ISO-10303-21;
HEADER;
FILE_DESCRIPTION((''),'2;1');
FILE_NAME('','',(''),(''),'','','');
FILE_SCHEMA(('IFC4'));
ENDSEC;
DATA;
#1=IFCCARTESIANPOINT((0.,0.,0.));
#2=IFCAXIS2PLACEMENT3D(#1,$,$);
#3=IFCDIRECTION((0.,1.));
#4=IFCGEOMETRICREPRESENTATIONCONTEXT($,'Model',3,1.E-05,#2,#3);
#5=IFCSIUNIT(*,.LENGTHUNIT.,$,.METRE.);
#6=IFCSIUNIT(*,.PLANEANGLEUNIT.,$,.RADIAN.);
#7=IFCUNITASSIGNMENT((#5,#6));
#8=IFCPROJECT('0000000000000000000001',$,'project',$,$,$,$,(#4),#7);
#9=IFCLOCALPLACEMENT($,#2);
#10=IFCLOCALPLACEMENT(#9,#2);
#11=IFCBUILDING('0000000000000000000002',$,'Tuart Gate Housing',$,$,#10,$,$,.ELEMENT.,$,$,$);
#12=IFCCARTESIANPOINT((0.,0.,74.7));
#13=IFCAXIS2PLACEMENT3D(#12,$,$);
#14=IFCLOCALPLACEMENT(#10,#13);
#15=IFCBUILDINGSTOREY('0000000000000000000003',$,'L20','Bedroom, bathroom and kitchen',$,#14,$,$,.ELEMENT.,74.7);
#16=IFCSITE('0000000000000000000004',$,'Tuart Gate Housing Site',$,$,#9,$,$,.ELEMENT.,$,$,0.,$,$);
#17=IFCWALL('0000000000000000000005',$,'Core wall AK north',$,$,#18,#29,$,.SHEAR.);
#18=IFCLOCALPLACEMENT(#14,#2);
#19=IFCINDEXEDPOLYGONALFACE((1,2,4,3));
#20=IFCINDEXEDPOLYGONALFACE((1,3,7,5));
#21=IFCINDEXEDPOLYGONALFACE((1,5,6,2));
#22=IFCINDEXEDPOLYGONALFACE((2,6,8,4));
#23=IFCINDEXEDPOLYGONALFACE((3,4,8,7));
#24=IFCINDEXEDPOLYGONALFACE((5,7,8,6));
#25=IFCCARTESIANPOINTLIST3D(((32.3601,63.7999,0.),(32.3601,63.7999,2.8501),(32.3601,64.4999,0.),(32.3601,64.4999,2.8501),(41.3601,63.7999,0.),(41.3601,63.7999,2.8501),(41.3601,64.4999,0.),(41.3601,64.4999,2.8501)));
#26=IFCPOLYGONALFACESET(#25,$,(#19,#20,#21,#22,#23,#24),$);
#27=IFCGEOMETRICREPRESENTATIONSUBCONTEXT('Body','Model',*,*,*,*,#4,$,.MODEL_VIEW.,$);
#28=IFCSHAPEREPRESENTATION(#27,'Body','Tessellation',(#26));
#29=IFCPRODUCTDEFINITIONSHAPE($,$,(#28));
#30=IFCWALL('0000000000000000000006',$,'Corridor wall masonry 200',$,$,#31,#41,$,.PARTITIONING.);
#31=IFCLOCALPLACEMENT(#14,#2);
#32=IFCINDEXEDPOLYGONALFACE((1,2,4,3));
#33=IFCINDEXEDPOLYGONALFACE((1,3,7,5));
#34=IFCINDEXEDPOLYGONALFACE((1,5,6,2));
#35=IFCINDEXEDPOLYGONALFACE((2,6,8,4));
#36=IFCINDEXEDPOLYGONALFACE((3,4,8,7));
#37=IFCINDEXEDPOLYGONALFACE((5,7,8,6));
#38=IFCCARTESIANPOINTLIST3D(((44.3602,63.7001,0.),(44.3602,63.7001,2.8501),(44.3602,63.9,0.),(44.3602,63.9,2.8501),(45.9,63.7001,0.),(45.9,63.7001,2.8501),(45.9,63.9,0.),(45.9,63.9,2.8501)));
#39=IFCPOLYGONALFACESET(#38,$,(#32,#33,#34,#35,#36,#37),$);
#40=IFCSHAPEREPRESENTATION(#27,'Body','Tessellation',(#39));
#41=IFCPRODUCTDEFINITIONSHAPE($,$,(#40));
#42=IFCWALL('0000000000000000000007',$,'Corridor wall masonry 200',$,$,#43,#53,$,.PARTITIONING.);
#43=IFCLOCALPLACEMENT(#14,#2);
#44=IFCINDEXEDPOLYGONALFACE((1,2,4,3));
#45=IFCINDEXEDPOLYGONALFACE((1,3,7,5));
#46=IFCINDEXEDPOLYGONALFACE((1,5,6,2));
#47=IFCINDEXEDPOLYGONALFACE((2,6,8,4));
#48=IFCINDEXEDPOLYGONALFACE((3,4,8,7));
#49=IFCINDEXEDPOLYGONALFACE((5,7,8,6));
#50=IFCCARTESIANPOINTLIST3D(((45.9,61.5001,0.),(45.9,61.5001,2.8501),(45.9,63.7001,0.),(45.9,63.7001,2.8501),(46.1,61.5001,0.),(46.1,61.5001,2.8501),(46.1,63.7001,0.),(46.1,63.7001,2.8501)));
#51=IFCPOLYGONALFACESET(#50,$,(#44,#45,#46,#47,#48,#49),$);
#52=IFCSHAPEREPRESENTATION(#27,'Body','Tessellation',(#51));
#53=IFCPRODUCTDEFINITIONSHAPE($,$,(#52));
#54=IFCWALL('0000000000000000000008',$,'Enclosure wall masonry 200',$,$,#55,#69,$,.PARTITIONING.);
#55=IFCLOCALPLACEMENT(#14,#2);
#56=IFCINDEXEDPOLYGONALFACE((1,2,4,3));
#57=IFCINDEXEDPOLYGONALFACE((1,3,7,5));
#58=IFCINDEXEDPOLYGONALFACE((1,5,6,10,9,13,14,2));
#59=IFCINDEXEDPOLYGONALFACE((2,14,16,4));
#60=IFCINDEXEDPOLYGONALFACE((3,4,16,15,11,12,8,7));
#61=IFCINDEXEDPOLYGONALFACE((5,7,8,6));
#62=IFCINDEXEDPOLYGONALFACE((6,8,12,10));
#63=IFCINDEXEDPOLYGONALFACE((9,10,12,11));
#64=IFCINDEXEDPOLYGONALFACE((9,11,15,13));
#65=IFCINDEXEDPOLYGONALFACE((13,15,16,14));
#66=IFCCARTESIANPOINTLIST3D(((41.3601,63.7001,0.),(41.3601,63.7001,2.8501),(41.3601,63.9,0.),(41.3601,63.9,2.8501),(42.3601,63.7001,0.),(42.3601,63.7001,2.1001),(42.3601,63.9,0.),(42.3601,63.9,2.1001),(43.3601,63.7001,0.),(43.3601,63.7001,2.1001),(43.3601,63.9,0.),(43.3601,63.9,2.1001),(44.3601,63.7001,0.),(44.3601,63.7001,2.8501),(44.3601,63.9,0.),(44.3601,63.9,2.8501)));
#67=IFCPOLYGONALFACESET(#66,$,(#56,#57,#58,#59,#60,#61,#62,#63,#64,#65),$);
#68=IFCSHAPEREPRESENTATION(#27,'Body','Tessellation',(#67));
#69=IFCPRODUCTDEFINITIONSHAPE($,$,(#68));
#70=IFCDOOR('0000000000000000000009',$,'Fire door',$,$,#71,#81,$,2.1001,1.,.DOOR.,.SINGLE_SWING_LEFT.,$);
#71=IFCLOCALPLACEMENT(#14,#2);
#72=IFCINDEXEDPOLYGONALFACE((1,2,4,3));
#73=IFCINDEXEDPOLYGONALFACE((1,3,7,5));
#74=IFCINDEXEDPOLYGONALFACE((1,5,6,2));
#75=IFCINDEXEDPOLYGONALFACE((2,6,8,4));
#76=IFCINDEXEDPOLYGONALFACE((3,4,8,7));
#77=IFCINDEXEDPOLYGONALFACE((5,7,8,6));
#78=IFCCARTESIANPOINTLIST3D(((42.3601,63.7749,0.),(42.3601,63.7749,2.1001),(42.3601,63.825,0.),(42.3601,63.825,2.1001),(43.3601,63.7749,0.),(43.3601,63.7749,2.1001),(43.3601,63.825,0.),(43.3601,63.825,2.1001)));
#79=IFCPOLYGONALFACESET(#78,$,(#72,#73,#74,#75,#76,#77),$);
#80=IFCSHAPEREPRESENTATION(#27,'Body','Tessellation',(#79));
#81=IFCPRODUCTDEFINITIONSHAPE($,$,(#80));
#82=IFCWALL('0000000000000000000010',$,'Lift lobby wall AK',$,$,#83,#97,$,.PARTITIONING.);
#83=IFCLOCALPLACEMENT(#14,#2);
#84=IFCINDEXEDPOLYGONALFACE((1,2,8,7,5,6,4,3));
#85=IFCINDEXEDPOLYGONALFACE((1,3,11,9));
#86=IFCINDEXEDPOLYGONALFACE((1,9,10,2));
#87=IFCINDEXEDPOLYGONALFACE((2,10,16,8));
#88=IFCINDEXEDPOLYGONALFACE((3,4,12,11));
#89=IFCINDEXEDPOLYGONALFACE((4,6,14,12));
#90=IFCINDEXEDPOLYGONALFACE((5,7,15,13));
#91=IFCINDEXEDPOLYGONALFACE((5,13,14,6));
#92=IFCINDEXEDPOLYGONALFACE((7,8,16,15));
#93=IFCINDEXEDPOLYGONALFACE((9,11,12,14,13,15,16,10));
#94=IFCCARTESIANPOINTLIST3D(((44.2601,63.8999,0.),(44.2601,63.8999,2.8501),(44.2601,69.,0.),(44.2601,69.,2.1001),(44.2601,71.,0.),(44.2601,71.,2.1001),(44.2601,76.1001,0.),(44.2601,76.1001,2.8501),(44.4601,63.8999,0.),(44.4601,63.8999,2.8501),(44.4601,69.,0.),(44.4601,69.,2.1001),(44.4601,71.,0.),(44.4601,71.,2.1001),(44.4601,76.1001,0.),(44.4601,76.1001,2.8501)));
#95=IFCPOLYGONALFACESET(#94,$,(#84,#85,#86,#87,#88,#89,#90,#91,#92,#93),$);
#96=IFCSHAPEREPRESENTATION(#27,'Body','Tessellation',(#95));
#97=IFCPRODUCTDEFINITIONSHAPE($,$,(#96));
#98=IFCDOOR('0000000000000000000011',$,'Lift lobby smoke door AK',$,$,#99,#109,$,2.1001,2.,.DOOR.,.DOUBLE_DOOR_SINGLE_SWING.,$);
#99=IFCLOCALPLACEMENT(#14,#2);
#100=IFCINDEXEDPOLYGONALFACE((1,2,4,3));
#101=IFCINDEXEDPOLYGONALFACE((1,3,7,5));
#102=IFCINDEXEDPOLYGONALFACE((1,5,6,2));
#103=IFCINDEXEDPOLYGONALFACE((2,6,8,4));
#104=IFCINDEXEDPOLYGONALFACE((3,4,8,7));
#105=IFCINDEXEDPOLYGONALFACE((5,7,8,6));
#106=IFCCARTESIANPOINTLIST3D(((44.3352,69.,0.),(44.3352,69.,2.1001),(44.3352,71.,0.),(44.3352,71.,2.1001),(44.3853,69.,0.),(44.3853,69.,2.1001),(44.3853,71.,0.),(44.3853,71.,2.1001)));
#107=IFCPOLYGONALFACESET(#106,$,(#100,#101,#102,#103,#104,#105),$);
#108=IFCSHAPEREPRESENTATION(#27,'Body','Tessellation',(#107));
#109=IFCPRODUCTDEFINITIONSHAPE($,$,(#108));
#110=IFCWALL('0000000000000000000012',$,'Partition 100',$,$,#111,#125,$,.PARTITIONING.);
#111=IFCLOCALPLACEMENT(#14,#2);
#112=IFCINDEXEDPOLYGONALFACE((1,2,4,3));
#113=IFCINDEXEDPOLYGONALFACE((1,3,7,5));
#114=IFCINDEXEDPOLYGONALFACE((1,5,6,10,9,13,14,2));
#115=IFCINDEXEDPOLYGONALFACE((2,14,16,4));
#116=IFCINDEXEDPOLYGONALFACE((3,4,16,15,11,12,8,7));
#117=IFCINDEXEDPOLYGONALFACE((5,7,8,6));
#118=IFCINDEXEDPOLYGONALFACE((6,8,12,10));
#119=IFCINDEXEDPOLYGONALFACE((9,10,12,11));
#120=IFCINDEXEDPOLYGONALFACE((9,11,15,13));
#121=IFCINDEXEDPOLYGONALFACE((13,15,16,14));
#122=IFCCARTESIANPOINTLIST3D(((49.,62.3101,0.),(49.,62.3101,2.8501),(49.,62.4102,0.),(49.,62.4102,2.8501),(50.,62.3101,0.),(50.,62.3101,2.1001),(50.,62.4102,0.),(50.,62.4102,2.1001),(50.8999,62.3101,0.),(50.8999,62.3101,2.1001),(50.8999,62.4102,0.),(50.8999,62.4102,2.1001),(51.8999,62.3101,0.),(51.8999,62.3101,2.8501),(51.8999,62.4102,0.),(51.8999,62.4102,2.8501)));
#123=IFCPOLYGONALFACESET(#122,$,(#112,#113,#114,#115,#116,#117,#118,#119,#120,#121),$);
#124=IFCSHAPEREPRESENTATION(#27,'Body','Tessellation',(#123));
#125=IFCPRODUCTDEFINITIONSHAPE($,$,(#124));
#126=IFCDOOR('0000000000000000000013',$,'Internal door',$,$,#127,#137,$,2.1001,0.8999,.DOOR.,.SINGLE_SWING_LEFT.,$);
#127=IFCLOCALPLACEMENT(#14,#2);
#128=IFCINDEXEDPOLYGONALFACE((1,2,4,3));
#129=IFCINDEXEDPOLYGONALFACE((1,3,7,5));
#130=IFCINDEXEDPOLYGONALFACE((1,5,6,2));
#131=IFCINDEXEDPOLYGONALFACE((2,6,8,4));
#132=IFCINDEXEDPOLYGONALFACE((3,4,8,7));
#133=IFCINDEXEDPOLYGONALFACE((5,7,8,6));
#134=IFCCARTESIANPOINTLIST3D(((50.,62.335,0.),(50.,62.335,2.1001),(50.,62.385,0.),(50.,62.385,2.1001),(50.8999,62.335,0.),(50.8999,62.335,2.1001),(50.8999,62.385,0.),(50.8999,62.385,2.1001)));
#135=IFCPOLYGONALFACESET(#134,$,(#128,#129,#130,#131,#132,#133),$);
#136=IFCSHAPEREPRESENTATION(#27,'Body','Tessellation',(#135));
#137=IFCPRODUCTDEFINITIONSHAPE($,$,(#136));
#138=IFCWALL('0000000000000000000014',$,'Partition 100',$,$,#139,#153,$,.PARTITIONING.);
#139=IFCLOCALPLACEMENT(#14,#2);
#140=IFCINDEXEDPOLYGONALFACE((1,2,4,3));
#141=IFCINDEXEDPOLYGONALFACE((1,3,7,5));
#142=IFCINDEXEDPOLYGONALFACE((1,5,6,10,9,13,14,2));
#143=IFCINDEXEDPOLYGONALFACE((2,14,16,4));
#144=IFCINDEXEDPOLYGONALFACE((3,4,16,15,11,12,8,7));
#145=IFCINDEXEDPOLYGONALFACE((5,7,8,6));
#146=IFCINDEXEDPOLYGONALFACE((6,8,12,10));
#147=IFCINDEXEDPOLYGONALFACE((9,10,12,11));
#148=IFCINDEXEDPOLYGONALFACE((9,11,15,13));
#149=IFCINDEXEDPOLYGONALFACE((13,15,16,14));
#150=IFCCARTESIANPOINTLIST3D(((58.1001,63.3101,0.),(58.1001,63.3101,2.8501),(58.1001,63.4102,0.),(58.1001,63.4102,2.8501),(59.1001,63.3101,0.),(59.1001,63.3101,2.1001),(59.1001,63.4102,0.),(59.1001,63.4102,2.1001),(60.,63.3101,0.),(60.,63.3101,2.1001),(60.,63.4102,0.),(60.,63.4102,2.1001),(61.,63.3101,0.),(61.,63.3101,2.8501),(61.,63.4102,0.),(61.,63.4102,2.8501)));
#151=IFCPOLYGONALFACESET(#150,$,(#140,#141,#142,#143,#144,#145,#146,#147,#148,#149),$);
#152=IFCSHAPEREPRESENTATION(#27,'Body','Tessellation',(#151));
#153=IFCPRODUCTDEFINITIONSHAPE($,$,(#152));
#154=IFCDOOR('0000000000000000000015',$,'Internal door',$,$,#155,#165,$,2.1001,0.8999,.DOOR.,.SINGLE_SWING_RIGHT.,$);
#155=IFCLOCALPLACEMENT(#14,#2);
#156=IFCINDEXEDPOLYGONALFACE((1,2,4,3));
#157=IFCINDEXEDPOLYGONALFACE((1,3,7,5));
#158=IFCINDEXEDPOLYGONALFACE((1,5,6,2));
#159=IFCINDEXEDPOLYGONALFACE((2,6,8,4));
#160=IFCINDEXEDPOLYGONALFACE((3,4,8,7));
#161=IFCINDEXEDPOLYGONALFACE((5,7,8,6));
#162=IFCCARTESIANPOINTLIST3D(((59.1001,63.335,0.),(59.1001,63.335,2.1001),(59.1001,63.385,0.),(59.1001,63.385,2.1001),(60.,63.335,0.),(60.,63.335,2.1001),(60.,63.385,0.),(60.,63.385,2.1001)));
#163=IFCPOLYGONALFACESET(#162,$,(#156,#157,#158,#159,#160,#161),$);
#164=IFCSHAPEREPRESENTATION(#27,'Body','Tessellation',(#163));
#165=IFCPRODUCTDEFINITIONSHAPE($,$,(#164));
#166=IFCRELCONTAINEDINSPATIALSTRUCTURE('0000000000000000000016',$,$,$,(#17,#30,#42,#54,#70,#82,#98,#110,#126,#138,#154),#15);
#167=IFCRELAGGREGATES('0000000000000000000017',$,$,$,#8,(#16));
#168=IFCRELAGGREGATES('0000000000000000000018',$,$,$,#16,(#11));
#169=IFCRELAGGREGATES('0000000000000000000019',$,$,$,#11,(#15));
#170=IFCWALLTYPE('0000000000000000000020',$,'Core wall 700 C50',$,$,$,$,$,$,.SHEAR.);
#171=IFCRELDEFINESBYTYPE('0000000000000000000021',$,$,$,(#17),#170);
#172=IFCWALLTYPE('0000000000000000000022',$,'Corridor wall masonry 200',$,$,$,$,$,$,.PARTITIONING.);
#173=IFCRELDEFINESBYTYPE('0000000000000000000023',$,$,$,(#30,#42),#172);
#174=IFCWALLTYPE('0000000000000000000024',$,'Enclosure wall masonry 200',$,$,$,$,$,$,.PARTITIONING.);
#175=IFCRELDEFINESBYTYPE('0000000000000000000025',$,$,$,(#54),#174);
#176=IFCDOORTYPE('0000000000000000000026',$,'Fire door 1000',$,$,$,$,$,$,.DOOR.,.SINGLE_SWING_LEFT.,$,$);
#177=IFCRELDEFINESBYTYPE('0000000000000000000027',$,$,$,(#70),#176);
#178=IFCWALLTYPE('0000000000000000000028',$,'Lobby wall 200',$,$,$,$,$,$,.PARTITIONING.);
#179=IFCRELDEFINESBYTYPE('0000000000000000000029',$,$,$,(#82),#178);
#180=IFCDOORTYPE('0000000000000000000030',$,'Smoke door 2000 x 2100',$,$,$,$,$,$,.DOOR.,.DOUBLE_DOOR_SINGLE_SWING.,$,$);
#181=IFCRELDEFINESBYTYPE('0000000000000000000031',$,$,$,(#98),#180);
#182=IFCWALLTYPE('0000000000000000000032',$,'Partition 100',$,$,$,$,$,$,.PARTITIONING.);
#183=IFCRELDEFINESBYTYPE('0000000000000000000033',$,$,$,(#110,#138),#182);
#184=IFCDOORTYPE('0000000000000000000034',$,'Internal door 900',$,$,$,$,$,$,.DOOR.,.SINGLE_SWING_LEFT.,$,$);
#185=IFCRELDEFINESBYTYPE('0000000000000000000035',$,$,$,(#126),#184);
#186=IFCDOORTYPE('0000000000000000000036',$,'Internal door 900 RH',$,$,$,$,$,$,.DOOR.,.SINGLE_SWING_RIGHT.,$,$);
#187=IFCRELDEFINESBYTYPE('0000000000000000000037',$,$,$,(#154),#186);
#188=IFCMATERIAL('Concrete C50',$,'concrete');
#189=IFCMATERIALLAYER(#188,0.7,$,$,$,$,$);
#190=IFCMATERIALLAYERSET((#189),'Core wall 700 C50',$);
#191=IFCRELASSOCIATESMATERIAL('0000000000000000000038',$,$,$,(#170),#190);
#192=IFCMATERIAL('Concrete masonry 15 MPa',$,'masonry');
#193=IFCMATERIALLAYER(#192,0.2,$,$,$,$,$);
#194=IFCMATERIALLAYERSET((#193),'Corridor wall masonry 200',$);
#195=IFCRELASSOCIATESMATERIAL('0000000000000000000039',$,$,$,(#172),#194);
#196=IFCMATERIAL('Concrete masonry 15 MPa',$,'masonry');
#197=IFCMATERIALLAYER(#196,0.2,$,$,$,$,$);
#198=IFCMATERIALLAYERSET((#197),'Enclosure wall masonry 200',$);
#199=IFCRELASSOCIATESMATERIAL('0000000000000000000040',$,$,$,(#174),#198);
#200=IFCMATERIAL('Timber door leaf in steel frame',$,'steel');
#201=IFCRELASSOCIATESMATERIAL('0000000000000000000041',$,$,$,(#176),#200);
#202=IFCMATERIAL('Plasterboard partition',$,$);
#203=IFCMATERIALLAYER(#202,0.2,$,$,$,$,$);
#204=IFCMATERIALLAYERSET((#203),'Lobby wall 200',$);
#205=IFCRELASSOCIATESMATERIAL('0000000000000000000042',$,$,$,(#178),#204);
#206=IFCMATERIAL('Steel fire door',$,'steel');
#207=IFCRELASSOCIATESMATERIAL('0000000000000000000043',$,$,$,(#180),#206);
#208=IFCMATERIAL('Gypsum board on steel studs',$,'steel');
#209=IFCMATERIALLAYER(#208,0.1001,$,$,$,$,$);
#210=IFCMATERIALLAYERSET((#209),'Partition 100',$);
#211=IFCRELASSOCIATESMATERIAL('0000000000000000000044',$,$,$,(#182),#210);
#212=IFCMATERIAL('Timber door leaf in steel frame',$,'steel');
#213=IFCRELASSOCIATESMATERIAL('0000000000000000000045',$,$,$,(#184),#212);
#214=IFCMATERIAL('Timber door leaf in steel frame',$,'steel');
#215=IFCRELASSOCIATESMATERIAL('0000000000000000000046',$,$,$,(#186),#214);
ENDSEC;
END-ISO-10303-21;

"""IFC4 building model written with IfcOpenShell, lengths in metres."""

from ifc_helpers import new_model, si_unit, direction, frame, frame_2d, origin, place, context, subcontext, project, spatial, rectangle, extrude, material, layer, layer_set, type_object, element, fill, save


model = new_model("IFC4")

# Units and contexts
model_context = context("Model", 3, precision=1e-05, world=origin(), true_north=direction((0.0, 1.0)))
body_context = subcontext(model_context, "Body", "Model", "MODEL_VIEW")
ifc_project = project(units=[si_unit("LENGTHUNIT", "METRE"), si_unit("PLANEANGLEUNIT", "RADIAN")], contexts=[model_context])

# Site, building, storey
site_placement = place(None, origin())
site = spatial("IfcSite", under=ifc_project, at=site_placement, Name="Tuart Gate Housing Site", CompositionType="ELEMENT", RefElevation=0.0)
building_placement = place(site_placement, origin())
building = spatial("IfcBuilding", under=site, at=building_placement, Name="Tuart Gate Housing", CompositionType="ELEMENT")
storey_placement = place(building_placement, frame((0.0, 0.0, 74.7)))
storey = spatial("IfcBuildingStorey", under=building, at=storey_placement, Name="L20", Description="Bedroom, bathroom and kitchen", CompositionType="ELEMENT", Elevation=74.7)

# Walls
ifc_material_1 = material(Name="Concrete C50", Category="concrete")
ifc_layer_1 = layer(ifc_material_1, 0.7)
ifc_layer_set_1 = layer_set([ifc_layer_1], Name="Core wall 700 C50")
wall_type_1 = type_object("IfcWallType", Name="Core wall 700 C50", PredefinedType="SHEAR", material=ifc_layer_set_1)
wall_1_placement = place(storey_placement, frame((41.3601, 64.1499, 0.0), z_axis=(0.0, 0.0, 1.0), x_axis=(-1.0, 0.0, 0.0)))
element("IfcWall", 1, at=wall_1_placement, inside=storey, type_object=wall_type_1, Name="Core wall AK north", PredefinedType="SHEAR", context=body_context, shape_type="SweptSolid", body=[
    extrude(rectangle(XDim=9.0, YDim=0.7, at=frame_2d((4.5, 0.0))), origin(), (0.0, 0.0, 1.0), 2.8501),
])
ifc_material_2 = material(Name="Concrete masonry 15 MPa", Category="masonry")
ifc_layer_2 = layer(ifc_material_2, 0.2)
ifc_layer_set_2 = layer_set([ifc_layer_2], Name="Corridor wall masonry 200")
wall_type_2 = type_object("IfcWallType", Name="Corridor wall masonry 200", PredefinedType="PARTITIONING", material=ifc_layer_set_2)
wall_2_placement = place(storey_placement, frame((44.3601, 63.8, 0.0), z_axis=(0.0, 0.0, 1.0), x_axis=(1.0, 0.0, 0.0)))
element("IfcWall", 2, at=wall_2_placement, inside=storey, type_object=wall_type_2, Name="Corridor wall masonry 200", PredefinedType="PARTITIONING", context=body_context, shape_type="SweptSolid", body=[
    extrude(rectangle(XDim=1.5398, YDim=0.2, at=frame_2d((0.77, 0.0))), origin(), (0.0, 0.0, 1.0), 2.8501),
])
wall_3_placement = place(storey_placement, frame((46.0, 61.5, 0.0), z_axis=(0.0, 0.0, 1.0), x_axis=(0.0, 1.0, 0.0)))
element("IfcWall", 3, at=wall_3_placement, inside=storey, type_object=wall_type_2, Name="Corridor wall masonry 200", PredefinedType="PARTITIONING", context=body_context, shape_type="SweptSolid", body=[
    extrude(rectangle(XDim=2.2, YDim=0.2, at=frame_2d((1.1001, 0.0))), origin(), (0.0, 0.0, 1.0), 2.8501),
])

# Walls, openings, doors
ifc_material_3 = material(Name="Concrete masonry 15 MPa", Category="masonry")
ifc_layer_3 = layer(ifc_material_3, 0.2)
ifc_layer_set_3 = layer_set([ifc_layer_3], Name="Enclosure wall masonry 200")
wall_type_3 = type_object("IfcWallType", Name="Enclosure wall masonry 200", PredefinedType="PARTITIONING", material=ifc_layer_set_3)
wall_4_placement = place(storey_placement, frame((41.3601, 63.8, 0.0), z_axis=(0.0, 0.0, 1.0), x_axis=(1.0, 0.0, 0.0)))
wall_4 = element("IfcWall", 4, at=wall_4_placement, inside=storey, type_object=wall_type_3, Name="Enclosure wall masonry 200", PredefinedType="PARTITIONING", context=body_context, shape_type="SweptSolid", body=[
    extrude(rectangle(XDim=3.0, YDim=0.2, at=frame_2d((1.5, 0.0))), origin(), (0.0, 0.0, 1.0), 2.8501),
])
opening_1_placement = place(wall_4_placement, frame((1.0, 0.0, 0.0)))
opening_1 = element("IfcOpeningElement", 5, at=opening_1_placement, cuts=wall_4, PredefinedType="OPENING", context=body_context, shape_type="SweptSolid", body=[
    extrude(rectangle(XDim=1.0, YDim=2.1001, at=frame_2d((0.5, 1.05))), frame((0.0, 0.1099, 0.0), z_axis=(0.0, -1.0, 0.0), x_axis=(1.0, 0.0, 0.0)), (0.0, 0.0, 1.0), 0.22),
])
ifc_material_4 = material(Name="Timber door leaf in steel frame", Category="steel")
door_type_1 = type_object("IfcDoorType", Name="Fire door 1000", OperationType="SINGLE_SWING_LEFT", PredefinedType="DOOR", material=ifc_material_4)
door_1_placement = place(opening_1_placement, frame((1.0, 0.0, 0.0), z_axis=(0.0, 0.0, 1.0), x_axis=(-1.0, 0.0, 0.0)))
door_1 = element("IfcDoor", 6, at=door_1_placement, inside=storey, type_object=door_type_1, Name="Fire door", OperationType="SINGLE_SWING_LEFT", OverallHeight=2.1001, OverallWidth=1.0, PredefinedType="DOOR", context=body_context, shape_type="SweptSolid", body=[
    extrude(rectangle(XDim=1.0, YDim=2.1001, at=frame_2d((0.5, 1.05))), frame((0.0, 0.0251, 0.0), z_axis=(0.0, -1.0, 0.0), x_axis=(1.0, 0.0, 0.0)), (0.0, 0.0, 1.0), 0.05),
])
fill(opening_1, door_1)
ifc_material_5 = material(Name="Plasterboard partition")
ifc_layer_4 = layer(ifc_material_5, 0.2)
ifc_layer_set_4 = layer_set([ifc_layer_4], Name="Lobby wall 200")
wall_type_4 = type_object("IfcWallType", Name="Lobby wall 200", PredefinedType="PARTITIONING", material=ifc_layer_set_4)
wall_5_placement = place(storey_placement, frame((44.3601, 63.8999, 0.0), z_axis=(0.0, 0.0, 1.0), x_axis=(0.0, 1.0, 0.0)))
wall_5 = element("IfcWall", 7, at=wall_5_placement, inside=storey, type_object=wall_type_4, Name="Lift lobby wall AK", PredefinedType="PARTITIONING", context=body_context, shape_type="SweptSolid", body=[
    extrude(rectangle(XDim=12.2002, YDim=0.2, at=frame_2d((6.1001, 0.0))), origin(), (0.0, 0.0, 1.0), 2.8501),
])
opening_2_placement = place(wall_5_placement, frame((5.1001, 0.0, 0.0)))
opening_2 = element("IfcOpeningElement", 8, at=opening_2_placement, cuts=wall_5, PredefinedType="OPENING", context=body_context, shape_type="SweptSolid", body=[
    extrude(rectangle(XDim=2.0, YDim=2.1001, at=frame_2d((1.0, 1.05))), frame((0.0, 0.1099, 0.0), z_axis=(0.0, -1.0, 0.0), x_axis=(1.0, 0.0, 0.0)), (0.0, 0.0, 1.0), 0.22),
])
ifc_material_6 = material(Name="Steel fire door", Category="steel")
door_type_2 = type_object("IfcDoorType", Name="Smoke door 2000 x 2100", OperationType="DOUBLE_DOOR_SINGLE_SWING", PredefinedType="DOOR", material=ifc_material_6)
door_2_placement = place(opening_2_placement, origin())
door_2 = element("IfcDoor", 9, at=door_2_placement, inside=storey, type_object=door_type_2, Name="Lift lobby smoke door AK", OperationType="DOUBLE_DOOR_SINGLE_SWING", OverallHeight=2.1001, OverallWidth=2.0, PredefinedType="DOOR", context=body_context, shape_type="SweptSolid", body=[
    extrude(rectangle(XDim=2.0, YDim=2.1001, at=frame_2d((1.0, 1.05))), frame((0.0, 0.0249, 0.0), z_axis=(0.0, -1.0, 0.0), x_axis=(1.0, 0.0, 0.0)), (0.0, 0.0, 1.0), 0.05),
])
fill(opening_2, door_2)
ifc_material_7 = material(Name="Gypsum board on steel studs", Category="steel")
ifc_layer_5 = layer(ifc_material_7, 0.1001)
ifc_layer_set_5 = layer_set([ifc_layer_5], Name="Partition 100")
wall_type_5 = type_object("IfcWallType", Name="Partition 100", PredefinedType="PARTITIONING", material=ifc_layer_set_5)
wall_6_placement = place(storey_placement, frame((49.0, 62.3601, 0.0), z_axis=(0.0, 0.0, 1.0), x_axis=(1.0, 0.0, 0.0)))
wall_6 = element("IfcWall", 10, at=wall_6_placement, inside=storey, type_object=wall_type_5, Name="Partition 100", PredefinedType="PARTITIONING", context=body_context, shape_type="SweptSolid", body=[
    extrude(rectangle(XDim=2.8999, YDim=0.1001, at=frame_2d((1.45, 0.0))), origin(), (0.0, 0.0, 1.0), 2.8501),
])
opening_3_placement = place(wall_6_placement, frame((1.0, 0.0, 0.0)))
opening_3 = element("IfcOpeningElement", 11, at=opening_3_placement, cuts=wall_6, PredefinedType="OPENING", context=body_context, shape_type="SweptSolid", body=[
    extrude(rectangle(XDim=0.8999, YDim=2.1001, at=frame_2d((0.45, 1.05))), frame((0.0, 0.0601, 0.0), z_axis=(0.0, -1.0, 0.0), x_axis=(1.0, 0.0, 0.0)), (0.0, 0.0, 1.0), 0.1201),
])
ifc_material_8 = material(Name="Timber door leaf in steel frame", Category="steel")
door_type_3 = type_object("IfcDoorType", Name="Internal door 900", OperationType="SINGLE_SWING_LEFT", PredefinedType="DOOR", material=ifc_material_8)
door_3_placement = place(opening_3_placement, origin())
door_3 = element("IfcDoor", 12, at=door_3_placement, inside=storey, type_object=door_type_3, Name="Internal door", OperationType="SINGLE_SWING_LEFT", OverallHeight=2.1001, OverallWidth=0.8999, PredefinedType="DOOR", context=body_context, shape_type="SweptSolid", body=[
    extrude(rectangle(XDim=0.8999, YDim=2.1001, at=frame_2d((0.45, 1.05))), frame((0.0, 0.0249, 0.0), z_axis=(0.0, -1.0, 0.0), x_axis=(1.0, 0.0, 0.0)), (0.0, 0.0, 1.0), 0.05),
])
fill(opening_3, door_3)
wall_7_placement = place(storey_placement, frame((58.1001, 63.3601, 0.0), z_axis=(0.0, 0.0, 1.0), x_axis=(1.0, 0.0, 0.0)))
wall_7 = element("IfcWall", 13, at=wall_7_placement, inside=storey, type_object=wall_type_5, Name="Partition 100", PredefinedType="PARTITIONING", context=body_context, shape_type="SweptSolid", body=[
    extrude(rectangle(XDim=2.8999, YDim=0.1001, at=frame_2d((1.45, 0.0))), origin(), (0.0, 0.0, 1.0), 2.8501),
])
opening_4_placement = place(wall_7_placement, frame((1.0, 0.0, 0.0)))
opening_4 = element("IfcOpeningElement", 14, at=opening_4_placement, cuts=wall_7, PredefinedType="OPENING", context=body_context, shape_type="SweptSolid", body=[
    extrude(rectangle(XDim=0.8999, YDim=2.1001, at=frame_2d((0.45, 1.05))), frame((0.0, 0.0601, 0.0), z_axis=(0.0, -1.0, 0.0), x_axis=(1.0, 0.0, 0.0)), (0.0, 0.0, 1.0), 0.1201),
])
ifc_material_9 = material(Name="Timber door leaf in steel frame", Category="steel")
door_type_4 = type_object("IfcDoorType", Name="Internal door 900 RH", OperationType="SINGLE_SWING_RIGHT", PredefinedType="DOOR", material=ifc_material_9)
door_4_placement = place(opening_4_placement, origin())
door_4 = element("IfcDoor", 15, at=door_4_placement, inside=storey, type_object=door_type_4, Name="Internal door", OperationType="SINGLE_SWING_RIGHT", OverallHeight=2.1001, OverallWidth=0.8999, PredefinedType="DOOR", context=body_context, shape_type="SweptSolid", body=[
    extrude(rectangle(XDim=0.8999, YDim=2.1001, at=frame_2d((0.45, 1.05))), frame((0.0, 0.0249, 0.0), z_axis=(0.0, -1.0, 0.0), x_axis=(1.0, 0.0, 0.0)), (0.0, 0.0, 1.0), 0.05),
])
fill(opening_4, door_4)

save(model, "model.ifc")
